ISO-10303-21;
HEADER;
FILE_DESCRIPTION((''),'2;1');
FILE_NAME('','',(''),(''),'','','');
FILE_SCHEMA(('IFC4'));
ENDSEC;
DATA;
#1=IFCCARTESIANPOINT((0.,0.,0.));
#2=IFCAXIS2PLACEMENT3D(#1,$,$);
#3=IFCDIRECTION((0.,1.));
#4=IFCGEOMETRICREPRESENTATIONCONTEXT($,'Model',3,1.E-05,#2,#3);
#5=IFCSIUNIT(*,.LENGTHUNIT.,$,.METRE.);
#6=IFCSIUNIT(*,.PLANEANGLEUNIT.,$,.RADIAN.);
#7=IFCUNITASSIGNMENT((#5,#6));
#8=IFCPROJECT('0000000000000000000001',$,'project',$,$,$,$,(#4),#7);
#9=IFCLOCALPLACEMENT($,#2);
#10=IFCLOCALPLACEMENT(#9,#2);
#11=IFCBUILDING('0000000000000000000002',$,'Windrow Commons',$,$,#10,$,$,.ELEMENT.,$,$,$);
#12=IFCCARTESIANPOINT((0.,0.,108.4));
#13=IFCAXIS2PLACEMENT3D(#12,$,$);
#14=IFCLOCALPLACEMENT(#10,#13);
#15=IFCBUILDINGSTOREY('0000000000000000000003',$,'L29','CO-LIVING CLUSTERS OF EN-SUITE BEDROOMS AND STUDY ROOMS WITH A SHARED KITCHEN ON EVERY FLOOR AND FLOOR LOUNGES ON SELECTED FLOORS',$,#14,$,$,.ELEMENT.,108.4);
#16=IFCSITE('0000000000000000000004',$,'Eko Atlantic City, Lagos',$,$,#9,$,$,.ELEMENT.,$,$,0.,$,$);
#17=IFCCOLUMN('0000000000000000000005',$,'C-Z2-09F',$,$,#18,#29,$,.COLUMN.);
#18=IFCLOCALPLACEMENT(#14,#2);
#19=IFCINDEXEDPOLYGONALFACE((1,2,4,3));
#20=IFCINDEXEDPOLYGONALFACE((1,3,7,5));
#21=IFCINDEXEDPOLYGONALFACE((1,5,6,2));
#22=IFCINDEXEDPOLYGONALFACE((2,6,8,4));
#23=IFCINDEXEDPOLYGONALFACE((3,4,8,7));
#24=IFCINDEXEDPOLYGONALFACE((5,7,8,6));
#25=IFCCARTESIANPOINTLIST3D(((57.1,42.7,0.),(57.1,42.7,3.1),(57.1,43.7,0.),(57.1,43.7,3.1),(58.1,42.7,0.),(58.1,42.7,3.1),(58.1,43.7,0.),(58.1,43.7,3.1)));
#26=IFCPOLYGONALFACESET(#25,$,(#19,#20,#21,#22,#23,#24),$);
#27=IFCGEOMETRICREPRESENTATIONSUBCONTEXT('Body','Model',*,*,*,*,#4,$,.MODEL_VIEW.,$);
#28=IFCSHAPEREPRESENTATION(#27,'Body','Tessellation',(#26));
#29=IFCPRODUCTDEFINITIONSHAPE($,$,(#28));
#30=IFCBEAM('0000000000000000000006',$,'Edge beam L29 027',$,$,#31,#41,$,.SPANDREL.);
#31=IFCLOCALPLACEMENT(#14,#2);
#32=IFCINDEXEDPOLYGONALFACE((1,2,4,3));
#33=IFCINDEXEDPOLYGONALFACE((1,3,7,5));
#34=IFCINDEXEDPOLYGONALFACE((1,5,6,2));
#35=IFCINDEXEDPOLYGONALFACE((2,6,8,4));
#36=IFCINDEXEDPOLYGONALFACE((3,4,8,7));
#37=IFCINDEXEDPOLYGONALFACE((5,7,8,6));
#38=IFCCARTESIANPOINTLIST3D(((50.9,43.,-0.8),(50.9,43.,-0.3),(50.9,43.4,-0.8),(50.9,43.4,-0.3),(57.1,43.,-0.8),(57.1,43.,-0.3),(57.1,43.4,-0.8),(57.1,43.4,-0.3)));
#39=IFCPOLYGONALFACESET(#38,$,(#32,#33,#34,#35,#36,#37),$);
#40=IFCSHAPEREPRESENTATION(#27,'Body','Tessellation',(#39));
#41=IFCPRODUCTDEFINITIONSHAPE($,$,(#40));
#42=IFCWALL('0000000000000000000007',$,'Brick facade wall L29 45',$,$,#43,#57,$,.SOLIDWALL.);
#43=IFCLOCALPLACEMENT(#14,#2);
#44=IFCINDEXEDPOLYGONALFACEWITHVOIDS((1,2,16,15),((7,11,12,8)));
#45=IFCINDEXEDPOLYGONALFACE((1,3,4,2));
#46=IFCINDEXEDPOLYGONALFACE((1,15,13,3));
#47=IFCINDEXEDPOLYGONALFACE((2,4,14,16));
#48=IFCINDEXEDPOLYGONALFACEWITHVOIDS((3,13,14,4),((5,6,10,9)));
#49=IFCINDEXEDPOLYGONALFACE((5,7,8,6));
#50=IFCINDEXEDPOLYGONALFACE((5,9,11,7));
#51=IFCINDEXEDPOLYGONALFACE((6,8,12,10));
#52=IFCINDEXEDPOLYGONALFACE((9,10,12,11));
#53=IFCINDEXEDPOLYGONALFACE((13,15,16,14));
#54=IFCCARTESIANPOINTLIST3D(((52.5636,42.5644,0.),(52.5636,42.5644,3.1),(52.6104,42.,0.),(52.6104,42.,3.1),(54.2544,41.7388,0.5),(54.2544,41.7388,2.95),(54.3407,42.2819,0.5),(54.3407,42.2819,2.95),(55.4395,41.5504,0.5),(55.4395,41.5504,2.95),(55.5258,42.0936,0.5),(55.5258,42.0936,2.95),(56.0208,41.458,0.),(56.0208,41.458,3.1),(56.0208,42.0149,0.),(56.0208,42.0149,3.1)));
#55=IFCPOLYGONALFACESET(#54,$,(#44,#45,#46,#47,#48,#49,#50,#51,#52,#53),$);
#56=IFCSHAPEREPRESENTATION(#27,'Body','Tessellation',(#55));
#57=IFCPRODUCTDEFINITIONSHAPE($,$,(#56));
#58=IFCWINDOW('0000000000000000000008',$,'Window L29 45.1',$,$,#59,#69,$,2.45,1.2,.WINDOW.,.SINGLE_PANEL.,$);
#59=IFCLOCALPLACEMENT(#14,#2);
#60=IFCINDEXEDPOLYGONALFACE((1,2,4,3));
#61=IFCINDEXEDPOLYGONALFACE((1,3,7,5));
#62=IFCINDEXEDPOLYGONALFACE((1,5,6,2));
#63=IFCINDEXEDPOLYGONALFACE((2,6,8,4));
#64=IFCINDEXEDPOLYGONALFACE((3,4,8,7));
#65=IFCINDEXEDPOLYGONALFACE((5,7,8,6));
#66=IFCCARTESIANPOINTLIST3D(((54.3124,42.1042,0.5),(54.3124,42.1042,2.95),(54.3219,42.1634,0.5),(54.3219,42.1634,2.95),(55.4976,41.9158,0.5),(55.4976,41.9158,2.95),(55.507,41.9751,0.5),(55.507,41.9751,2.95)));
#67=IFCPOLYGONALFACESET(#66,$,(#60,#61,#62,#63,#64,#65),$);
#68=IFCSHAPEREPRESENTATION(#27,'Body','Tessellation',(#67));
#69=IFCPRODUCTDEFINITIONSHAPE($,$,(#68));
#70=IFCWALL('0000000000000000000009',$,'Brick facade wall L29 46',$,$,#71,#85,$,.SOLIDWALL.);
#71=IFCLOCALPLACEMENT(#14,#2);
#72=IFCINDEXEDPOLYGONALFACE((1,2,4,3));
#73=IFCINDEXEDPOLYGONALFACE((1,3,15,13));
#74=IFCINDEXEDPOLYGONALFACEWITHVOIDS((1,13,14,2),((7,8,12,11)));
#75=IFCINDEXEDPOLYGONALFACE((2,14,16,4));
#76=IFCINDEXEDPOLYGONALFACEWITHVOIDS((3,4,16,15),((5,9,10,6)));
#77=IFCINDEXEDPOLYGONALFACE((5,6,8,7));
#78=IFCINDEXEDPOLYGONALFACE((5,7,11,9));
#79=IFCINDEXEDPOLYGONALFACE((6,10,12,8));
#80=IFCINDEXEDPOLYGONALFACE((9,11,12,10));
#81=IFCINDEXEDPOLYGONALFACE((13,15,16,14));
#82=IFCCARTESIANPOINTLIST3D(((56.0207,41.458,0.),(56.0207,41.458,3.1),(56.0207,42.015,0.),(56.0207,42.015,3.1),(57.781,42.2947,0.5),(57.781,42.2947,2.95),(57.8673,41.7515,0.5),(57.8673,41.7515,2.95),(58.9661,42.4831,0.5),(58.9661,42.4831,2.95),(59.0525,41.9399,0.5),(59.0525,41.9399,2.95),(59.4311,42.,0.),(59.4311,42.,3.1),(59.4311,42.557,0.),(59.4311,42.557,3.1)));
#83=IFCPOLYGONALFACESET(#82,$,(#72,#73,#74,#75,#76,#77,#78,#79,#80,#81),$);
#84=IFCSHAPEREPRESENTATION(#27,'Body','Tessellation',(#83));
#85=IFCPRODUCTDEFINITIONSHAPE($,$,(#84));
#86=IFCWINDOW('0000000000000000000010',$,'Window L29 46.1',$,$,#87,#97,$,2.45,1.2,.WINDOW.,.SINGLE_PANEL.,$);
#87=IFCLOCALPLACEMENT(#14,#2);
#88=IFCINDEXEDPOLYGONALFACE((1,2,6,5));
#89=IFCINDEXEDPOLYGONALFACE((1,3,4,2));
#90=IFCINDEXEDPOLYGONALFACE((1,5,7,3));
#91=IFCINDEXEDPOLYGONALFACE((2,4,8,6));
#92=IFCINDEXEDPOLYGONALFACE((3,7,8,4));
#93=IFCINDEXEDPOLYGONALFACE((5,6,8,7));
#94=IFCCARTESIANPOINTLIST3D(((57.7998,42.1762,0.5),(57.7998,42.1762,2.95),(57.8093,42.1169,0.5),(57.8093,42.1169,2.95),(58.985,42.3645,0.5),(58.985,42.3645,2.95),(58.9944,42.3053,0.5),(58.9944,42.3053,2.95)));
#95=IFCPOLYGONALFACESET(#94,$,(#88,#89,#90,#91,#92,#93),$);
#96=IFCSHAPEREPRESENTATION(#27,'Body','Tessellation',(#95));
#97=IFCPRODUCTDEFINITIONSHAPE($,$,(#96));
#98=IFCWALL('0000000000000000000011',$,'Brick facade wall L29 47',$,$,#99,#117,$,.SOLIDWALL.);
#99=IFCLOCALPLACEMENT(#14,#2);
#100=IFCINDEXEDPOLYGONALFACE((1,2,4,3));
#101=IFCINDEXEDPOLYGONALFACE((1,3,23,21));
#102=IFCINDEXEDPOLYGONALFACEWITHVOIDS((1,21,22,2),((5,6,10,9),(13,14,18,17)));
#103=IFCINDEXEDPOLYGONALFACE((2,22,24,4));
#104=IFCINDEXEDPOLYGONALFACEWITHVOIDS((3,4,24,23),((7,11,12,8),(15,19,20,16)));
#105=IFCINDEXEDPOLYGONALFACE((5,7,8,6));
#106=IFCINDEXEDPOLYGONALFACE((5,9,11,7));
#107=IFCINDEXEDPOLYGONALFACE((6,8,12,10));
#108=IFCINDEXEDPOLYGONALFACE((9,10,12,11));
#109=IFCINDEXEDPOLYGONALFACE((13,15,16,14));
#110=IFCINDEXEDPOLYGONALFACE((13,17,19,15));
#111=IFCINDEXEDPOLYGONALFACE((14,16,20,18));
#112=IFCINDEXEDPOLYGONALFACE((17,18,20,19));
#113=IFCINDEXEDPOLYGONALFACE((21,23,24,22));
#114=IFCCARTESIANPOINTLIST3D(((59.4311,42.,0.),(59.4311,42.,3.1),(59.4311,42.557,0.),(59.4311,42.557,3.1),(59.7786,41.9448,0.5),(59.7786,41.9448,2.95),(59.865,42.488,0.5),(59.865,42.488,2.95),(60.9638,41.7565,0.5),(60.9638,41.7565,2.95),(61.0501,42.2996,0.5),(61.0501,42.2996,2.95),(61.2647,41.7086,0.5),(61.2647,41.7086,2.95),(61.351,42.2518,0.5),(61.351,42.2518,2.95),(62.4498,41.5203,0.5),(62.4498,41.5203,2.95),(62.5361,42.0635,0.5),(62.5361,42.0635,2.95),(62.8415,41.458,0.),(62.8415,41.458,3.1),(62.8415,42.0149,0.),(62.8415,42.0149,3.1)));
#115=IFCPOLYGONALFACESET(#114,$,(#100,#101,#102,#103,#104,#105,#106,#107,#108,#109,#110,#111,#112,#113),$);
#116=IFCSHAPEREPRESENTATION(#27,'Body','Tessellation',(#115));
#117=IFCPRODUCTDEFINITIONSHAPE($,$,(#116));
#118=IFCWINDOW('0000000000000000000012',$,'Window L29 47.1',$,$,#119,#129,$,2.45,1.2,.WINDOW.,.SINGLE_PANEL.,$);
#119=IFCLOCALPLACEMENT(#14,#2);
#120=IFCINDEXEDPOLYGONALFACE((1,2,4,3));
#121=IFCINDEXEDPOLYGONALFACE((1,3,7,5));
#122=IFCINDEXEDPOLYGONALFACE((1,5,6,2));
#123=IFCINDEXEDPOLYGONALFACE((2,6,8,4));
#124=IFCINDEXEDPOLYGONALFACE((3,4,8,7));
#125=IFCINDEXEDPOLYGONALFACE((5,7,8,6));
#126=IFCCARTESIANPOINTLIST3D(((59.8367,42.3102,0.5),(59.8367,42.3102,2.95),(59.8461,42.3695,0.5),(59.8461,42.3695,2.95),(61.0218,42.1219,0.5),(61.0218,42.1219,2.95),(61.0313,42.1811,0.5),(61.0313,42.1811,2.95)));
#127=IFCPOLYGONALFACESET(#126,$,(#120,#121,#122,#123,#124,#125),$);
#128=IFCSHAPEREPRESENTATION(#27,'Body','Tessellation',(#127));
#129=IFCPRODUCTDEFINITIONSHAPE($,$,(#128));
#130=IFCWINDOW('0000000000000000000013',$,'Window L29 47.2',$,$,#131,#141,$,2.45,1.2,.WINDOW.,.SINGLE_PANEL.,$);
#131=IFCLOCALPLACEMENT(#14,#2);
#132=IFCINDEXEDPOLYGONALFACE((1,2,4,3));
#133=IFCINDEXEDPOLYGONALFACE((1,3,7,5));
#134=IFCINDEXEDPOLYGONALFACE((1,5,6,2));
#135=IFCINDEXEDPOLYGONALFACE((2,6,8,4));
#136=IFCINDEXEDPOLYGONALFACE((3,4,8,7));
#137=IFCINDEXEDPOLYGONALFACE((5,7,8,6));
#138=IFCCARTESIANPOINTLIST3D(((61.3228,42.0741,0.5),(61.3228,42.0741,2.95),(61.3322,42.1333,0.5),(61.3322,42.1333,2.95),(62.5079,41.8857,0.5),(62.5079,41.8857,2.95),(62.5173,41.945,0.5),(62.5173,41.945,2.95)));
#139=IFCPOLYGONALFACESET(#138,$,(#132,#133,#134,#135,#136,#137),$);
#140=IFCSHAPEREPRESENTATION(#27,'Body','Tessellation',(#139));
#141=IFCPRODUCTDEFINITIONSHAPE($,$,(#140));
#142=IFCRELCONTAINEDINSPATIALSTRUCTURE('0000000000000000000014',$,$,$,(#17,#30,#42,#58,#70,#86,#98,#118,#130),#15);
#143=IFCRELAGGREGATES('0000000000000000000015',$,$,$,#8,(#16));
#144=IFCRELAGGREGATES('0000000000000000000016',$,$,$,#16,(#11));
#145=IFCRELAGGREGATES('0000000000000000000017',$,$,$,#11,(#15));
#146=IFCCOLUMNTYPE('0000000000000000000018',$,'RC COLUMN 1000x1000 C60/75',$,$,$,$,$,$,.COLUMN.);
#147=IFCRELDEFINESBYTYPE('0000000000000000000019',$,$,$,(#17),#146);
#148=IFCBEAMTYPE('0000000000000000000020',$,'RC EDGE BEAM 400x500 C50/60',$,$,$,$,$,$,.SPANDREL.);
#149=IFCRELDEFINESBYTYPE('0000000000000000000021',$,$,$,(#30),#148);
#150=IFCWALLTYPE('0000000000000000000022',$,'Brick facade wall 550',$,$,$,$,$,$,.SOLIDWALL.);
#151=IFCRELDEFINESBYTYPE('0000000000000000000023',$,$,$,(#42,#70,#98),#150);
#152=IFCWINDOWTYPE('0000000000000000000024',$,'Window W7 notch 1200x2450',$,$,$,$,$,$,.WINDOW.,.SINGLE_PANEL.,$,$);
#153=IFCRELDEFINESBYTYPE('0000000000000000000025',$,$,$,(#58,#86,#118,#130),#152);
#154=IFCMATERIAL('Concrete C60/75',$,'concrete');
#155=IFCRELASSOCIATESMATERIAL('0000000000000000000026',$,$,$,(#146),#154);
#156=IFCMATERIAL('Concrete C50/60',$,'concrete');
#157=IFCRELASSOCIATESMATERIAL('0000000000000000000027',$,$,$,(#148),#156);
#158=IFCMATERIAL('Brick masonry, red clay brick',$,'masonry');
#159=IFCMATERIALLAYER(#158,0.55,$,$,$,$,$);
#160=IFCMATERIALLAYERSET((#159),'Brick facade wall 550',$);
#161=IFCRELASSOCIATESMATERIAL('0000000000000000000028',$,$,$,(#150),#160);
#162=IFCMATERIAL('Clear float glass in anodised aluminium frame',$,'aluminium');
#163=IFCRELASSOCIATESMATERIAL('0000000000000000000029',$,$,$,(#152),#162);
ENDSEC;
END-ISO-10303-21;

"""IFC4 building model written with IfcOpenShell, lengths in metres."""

from ifc_helpers import new_model, si_unit, direction, frame, frame_2d, origin, origin_2d, place, context, subcontext, project, spatial, polyline, rectangle, outline, extrude, material, layer, layer_set, material_profile, profile_set, type_object, element, fill, save


model = new_model("IFC4")

# Units and contexts
model_context = context("Model", 3, precision=1e-05, world=origin(), true_north=direction((0.0, 1.0)))
body_context = subcontext(model_context, "Body", "Model", "MODEL_VIEW")
ifc_project = project(units=[si_unit("LENGTHUNIT", "METRE"), si_unit("PLANEANGLEUNIT", "RADIAN")], contexts=[model_context])

# Site, building, storey
site_placement = place(None, origin())
site = spatial("IfcSite", under=ifc_project, at=site_placement, Name="Eko Atlantic City, Lagos", CompositionType="ELEMENT", RefElevation=0.0)
building_placement = place(site_placement, origin())
building = spatial("IfcBuilding", under=site, at=building_placement, Name="Windrow Commons", CompositionType="ELEMENT")
storey_placement = place(building_placement, frame((0.0, 0.0, 108.4)))
storey = spatial("IfcBuildingStorey", under=building, at=storey_placement, Name="L29", Description="CO-LIVING CLUSTERS OF EN-SUITE BEDROOMS AND STUDY ROOMS WITH A SHARED KITCHEN ON EVERY FLOOR AND FLOOR LOUNGES ON SELECTED FLOORS", CompositionType="ELEMENT", Elevation=108.4)

# Column
ifc_material_1 = material(Name="Concrete C60/75", Category="concrete")
ifc_material_profile_1 = material_profile(ifc_material_1, rectangle(XDim=1.0, YDim=1.0, at=origin_2d()))
ifc_profile_set_1 = profile_set([ifc_material_profile_1], Name="Concrete C60/75")
column_type = type_object("IfcColumnType", Name="RC COLUMN 1000x1000 C60/75", PredefinedType="COLUMN", material=ifc_profile_set_1)
column_placement = place(storey_placement, frame((57.6, 43.2, 0.0), z_axis=(0.0, 0.0, 1.0), x_axis=(1.0, 0.0, 0.0)))
element("IfcColumn", 1, at=column_placement, inside=storey, type_object=column_type, Name="C-Z2-09F", PredefinedType="COLUMN", context=body_context, shape_type="SweptSolid", body=[
    extrude(rectangle(XDim=1.0, YDim=1.0, at=origin_2d()), origin(), (0.0, 0.0, 1.0), 3.1),
])

# Beam
ifc_material_2 = material(Name="Concrete C50/60", Category="concrete")
ifc_material_profile_2 = material_profile(ifc_material_2, rectangle(XDim=0.4, YDim=0.5, at=origin_2d()))
ifc_profile_set_2 = profile_set([ifc_material_profile_2], Name="Concrete C50/60")
beam_type = type_object("IfcBeamType", Name="RC EDGE BEAM 400x500 C50/60", PredefinedType="SPANDREL", material=ifc_profile_set_2)
beam_placement = place(storey_placement, frame((57.1, 43.2, -0.55), z_axis=(-1.0, 0.0, 0.0), x_axis=(0.0, -1.0, 0.0)))
element("IfcBeam", 2, at=beam_placement, inside=storey, type_object=beam_type, Name="Edge beam L29 027", PredefinedType="SPANDREL", context=body_context, shape_type="SweptSolid", body=[
    extrude(rectangle(XDim=0.4, YDim=0.5, at=origin_2d()), origin(), (0.0, 0.0, 1.0), 6.2),
])

# Walls, openings, windows
ifc_material_3 = material(Name="Brick masonry, red clay brick", Category="masonry")
ifc_layer_1 = layer(ifc_material_3, 0.55)
ifc_layer_set_1 = layer_set([ifc_layer_1], Name="Brick facade wall 550")
wall_type_1 = type_object("IfcWallType", Name="Brick facade wall 550", PredefinedType="SOLIDWALL", material=ifc_layer_set_1)
wall_1_placement = place(storey_placement, frame((52.587, 42.2822, 0.0), z_axis=(0.0, 0.0, 1.0), x_axis=(0.987606, -0.156955, 0.0)))
wall_1 = element("IfcWall", 3, at=wall_1_placement, inside=storey, type_object=wall_type_1, Name="Brick facade wall L29 45", PredefinedType="SOLIDWALL", context=body_context, shape_type="SweptSolid", body=[
    extrude(outline(polyline([(0.0674, -0.275), (3.5206, -0.275), (3.4332, 0.275), (-0.0674, 0.275), (0.0674, -0.275)])), origin(), (0.0, 0.0, 1.0), 3.1),
])
opening_1_placement = place(wall_1_placement, frame((1.732, 0.0, 0.5)))
opening_1 = element("IfcOpeningElement", 4, at=opening_1_placement, cuts=wall_1, PredefinedType="OPENING", context=body_context, shape_type="SweptSolid", body=[
    extrude(rectangle(XDim=1.2, YDim=2.45, at=frame_2d((0.6, 1.225))), frame((0.0, 0.285, 0.0), z_axis=(0.0, -1.0, 0.0), x_axis=(1.0, 0.0, 0.0)), (0.0, 0.0, 1.0), 0.57),
])
ifc_material_4 = material(Name="Clear float glass in anodised aluminium frame", Category="aluminium")
window_type = type_object("IfcWindowType", Name="Window W7 notch 1200x2450", PartitioningType="SINGLE_PANEL", PredefinedType="WINDOW", material=ifc_material_4)
window_1_placement = place(opening_1_placement, origin())
window_1 = element("IfcWindow", 5, at=window_1_placement, inside=storey, type_object=window_type, Name="Window L29 45.1", OverallHeight=2.45, OverallWidth=1.2, PartitioningType="SINGLE_PANEL", PredefinedType="WINDOW", context=body_context, shape_type="SweptSolid", body=[
    extrude(rectangle(XDim=1.2, YDim=2.45, at=frame_2d((0.6, 1.225))), frame((0.0, 0.155, 0.0), z_axis=(0.0, -1.0, 0.0), x_axis=(1.0, 0.0, 0.0)), (0.0, 0.0, 1.0), 0.06),
])
fill(opening_1, window_1)
wall_2_placement = place(storey_placement, frame((56.0207, 41.7365, 0.0), z_axis=(0.0, 0.0, 1.0), x_axis=(0.987606, 0.156956, 0.0)))
wall_2 = element("IfcWall", 6, at=wall_2_placement, inside=storey, type_object=wall_type_1, Name="Brick facade wall L29 46", PredefinedType="SOLIDWALL", context=body_context, shape_type="SweptSolid", body=[
    extrude(outline(polyline([(-0.0437, -0.275), (3.4095, -0.275), (3.4969, 0.275), (0.0437, 0.275), (-0.0437, -0.275)])), origin(), (0.0, 0.0, 1.0), 3.1),
])
opening_2_placement = place(wall_2_placement, frame((1.8261, 0.0, 0.5)))
opening_2 = element("IfcOpeningElement", 7, at=opening_2_placement, cuts=wall_2, PredefinedType="OPENING", context=body_context, shape_type="SweptSolid", body=[
    extrude(rectangle(XDim=1.2, YDim=2.45, at=frame_2d((0.6, 1.225))), frame((0.0, 0.285, 0.0), z_axis=(0.0, -1.0, 0.0), x_axis=(1.0, 0.0, 0.0)), (0.0, 0.0, 1.0), 0.57),
])
window_2_placement = place(opening_2_placement, origin())
window_2 = element("IfcWindow", 8, at=window_2_placement, inside=storey, type_object=window_type, Name="Window L29 46.1", OverallHeight=2.45, OverallWidth=1.2, PartitioningType="SINGLE_PANEL", PredefinedType="WINDOW", context=body_context, shape_type="SweptSolid", body=[
    extrude(rectangle(XDim=1.2, YDim=2.45, at=frame_2d((0.6, 1.225))), frame((0.0, 0.155, 0.0), z_axis=(0.0, -1.0, 0.0), x_axis=(1.0, 0.0, 0.0)), (0.0, 0.0, 1.0), 0.06),
])
fill(opening_2, window_2)

# Wall, openings, windows
wall_3_placement = place(storey_placement, frame((59.4311, 42.2785, 0.0), z_axis=(0.0, 0.0, 1.0), x_axis=(0.987605, -0.15696, 0.0)))
wall_3 = element("IfcWall", 9, at=wall_3_placement, inside=storey, type_object=wall_type_1, Name="Brick facade wall L29 47", PredefinedType="SOLIDWALL", context=body_context, shape_type="SweptSolid", body=[
    extrude(outline(polyline([(0.0437, -0.275), (3.4969, -0.275), (3.4095, 0.275), (-0.0437, 0.275), (0.0437, -0.275)])), origin(), (0.0, 0.0, 1.0), 3.1),
])
opening_3_placement = place(wall_3_placement, frame((0.3956, 0.0, 0.5)))
opening_3 = element("IfcOpeningElement", 10, at=opening_3_placement, cuts=wall_3, PredefinedType="OPENING", context=body_context, shape_type="SweptSolid", body=[
    extrude(rectangle(XDim=1.2, YDim=2.45, at=frame_2d((0.6, 1.225))), frame((0.0, 0.285, 0.0), z_axis=(0.0, -1.0, 0.0), x_axis=(1.0, 0.0, 0.0)), (0.0, 0.0, 1.0), 0.57),
])
opening_4_placement = place(wall_3_placement, frame((1.9003, 0.0, 0.5)))
opening_4 = element("IfcOpeningElement", 11, at=opening_4_placement, cuts=wall_3, PredefinedType="OPENING", context=body_context, shape_type="SweptSolid", body=[
    extrude(rectangle(XDim=1.2, YDim=2.45, at=frame_2d((0.6, 1.225))), frame((0.0, 0.285, 0.0), z_axis=(0.0, -1.0, 0.0), x_axis=(1.0, 0.0, 0.0)), (0.0, 0.0, 1.0), 0.57),
])
window_3_placement = place(opening_3_placement, origin())
window_3 = element("IfcWindow", 12, at=window_3_placement, inside=storey, type_object=window_type, Name="Window L29 47.1", OverallHeight=2.45, OverallWidth=1.2, PartitioningType="SINGLE_PANEL", PredefinedType="WINDOW", context=body_context, shape_type="SweptSolid", body=[
    extrude(rectangle(XDim=1.2, YDim=2.45, at=frame_2d((0.6, 1.225))), frame((0.0, 0.155, 0.0), z_axis=(0.0, -1.0, 0.0), x_axis=(1.0, 0.0, 0.0)), (0.0, 0.0, 1.0), 0.06),
])
fill(opening_3, window_3)
window_4_placement = place(opening_4_placement, origin())
window_4 = element("IfcWindow", 13, at=window_4_placement, inside=storey, type_object=window_type, Name="Window L29 47.2", OverallHeight=2.45, OverallWidth=1.2, PartitioningType="SINGLE_PANEL", PredefinedType="WINDOW", context=body_context, shape_type="SweptSolid", body=[
    extrude(rectangle(XDim=1.2, YDim=2.45, at=frame_2d((0.6, 1.225))), frame((0.0, 0.155, 0.0), z_axis=(0.0, -1.0, 0.0), x_axis=(1.0, 0.0, 0.0)), (0.0, 0.0, 1.0), 0.06),
])
fill(opening_4, window_4)

save(model, "model.ifc")
